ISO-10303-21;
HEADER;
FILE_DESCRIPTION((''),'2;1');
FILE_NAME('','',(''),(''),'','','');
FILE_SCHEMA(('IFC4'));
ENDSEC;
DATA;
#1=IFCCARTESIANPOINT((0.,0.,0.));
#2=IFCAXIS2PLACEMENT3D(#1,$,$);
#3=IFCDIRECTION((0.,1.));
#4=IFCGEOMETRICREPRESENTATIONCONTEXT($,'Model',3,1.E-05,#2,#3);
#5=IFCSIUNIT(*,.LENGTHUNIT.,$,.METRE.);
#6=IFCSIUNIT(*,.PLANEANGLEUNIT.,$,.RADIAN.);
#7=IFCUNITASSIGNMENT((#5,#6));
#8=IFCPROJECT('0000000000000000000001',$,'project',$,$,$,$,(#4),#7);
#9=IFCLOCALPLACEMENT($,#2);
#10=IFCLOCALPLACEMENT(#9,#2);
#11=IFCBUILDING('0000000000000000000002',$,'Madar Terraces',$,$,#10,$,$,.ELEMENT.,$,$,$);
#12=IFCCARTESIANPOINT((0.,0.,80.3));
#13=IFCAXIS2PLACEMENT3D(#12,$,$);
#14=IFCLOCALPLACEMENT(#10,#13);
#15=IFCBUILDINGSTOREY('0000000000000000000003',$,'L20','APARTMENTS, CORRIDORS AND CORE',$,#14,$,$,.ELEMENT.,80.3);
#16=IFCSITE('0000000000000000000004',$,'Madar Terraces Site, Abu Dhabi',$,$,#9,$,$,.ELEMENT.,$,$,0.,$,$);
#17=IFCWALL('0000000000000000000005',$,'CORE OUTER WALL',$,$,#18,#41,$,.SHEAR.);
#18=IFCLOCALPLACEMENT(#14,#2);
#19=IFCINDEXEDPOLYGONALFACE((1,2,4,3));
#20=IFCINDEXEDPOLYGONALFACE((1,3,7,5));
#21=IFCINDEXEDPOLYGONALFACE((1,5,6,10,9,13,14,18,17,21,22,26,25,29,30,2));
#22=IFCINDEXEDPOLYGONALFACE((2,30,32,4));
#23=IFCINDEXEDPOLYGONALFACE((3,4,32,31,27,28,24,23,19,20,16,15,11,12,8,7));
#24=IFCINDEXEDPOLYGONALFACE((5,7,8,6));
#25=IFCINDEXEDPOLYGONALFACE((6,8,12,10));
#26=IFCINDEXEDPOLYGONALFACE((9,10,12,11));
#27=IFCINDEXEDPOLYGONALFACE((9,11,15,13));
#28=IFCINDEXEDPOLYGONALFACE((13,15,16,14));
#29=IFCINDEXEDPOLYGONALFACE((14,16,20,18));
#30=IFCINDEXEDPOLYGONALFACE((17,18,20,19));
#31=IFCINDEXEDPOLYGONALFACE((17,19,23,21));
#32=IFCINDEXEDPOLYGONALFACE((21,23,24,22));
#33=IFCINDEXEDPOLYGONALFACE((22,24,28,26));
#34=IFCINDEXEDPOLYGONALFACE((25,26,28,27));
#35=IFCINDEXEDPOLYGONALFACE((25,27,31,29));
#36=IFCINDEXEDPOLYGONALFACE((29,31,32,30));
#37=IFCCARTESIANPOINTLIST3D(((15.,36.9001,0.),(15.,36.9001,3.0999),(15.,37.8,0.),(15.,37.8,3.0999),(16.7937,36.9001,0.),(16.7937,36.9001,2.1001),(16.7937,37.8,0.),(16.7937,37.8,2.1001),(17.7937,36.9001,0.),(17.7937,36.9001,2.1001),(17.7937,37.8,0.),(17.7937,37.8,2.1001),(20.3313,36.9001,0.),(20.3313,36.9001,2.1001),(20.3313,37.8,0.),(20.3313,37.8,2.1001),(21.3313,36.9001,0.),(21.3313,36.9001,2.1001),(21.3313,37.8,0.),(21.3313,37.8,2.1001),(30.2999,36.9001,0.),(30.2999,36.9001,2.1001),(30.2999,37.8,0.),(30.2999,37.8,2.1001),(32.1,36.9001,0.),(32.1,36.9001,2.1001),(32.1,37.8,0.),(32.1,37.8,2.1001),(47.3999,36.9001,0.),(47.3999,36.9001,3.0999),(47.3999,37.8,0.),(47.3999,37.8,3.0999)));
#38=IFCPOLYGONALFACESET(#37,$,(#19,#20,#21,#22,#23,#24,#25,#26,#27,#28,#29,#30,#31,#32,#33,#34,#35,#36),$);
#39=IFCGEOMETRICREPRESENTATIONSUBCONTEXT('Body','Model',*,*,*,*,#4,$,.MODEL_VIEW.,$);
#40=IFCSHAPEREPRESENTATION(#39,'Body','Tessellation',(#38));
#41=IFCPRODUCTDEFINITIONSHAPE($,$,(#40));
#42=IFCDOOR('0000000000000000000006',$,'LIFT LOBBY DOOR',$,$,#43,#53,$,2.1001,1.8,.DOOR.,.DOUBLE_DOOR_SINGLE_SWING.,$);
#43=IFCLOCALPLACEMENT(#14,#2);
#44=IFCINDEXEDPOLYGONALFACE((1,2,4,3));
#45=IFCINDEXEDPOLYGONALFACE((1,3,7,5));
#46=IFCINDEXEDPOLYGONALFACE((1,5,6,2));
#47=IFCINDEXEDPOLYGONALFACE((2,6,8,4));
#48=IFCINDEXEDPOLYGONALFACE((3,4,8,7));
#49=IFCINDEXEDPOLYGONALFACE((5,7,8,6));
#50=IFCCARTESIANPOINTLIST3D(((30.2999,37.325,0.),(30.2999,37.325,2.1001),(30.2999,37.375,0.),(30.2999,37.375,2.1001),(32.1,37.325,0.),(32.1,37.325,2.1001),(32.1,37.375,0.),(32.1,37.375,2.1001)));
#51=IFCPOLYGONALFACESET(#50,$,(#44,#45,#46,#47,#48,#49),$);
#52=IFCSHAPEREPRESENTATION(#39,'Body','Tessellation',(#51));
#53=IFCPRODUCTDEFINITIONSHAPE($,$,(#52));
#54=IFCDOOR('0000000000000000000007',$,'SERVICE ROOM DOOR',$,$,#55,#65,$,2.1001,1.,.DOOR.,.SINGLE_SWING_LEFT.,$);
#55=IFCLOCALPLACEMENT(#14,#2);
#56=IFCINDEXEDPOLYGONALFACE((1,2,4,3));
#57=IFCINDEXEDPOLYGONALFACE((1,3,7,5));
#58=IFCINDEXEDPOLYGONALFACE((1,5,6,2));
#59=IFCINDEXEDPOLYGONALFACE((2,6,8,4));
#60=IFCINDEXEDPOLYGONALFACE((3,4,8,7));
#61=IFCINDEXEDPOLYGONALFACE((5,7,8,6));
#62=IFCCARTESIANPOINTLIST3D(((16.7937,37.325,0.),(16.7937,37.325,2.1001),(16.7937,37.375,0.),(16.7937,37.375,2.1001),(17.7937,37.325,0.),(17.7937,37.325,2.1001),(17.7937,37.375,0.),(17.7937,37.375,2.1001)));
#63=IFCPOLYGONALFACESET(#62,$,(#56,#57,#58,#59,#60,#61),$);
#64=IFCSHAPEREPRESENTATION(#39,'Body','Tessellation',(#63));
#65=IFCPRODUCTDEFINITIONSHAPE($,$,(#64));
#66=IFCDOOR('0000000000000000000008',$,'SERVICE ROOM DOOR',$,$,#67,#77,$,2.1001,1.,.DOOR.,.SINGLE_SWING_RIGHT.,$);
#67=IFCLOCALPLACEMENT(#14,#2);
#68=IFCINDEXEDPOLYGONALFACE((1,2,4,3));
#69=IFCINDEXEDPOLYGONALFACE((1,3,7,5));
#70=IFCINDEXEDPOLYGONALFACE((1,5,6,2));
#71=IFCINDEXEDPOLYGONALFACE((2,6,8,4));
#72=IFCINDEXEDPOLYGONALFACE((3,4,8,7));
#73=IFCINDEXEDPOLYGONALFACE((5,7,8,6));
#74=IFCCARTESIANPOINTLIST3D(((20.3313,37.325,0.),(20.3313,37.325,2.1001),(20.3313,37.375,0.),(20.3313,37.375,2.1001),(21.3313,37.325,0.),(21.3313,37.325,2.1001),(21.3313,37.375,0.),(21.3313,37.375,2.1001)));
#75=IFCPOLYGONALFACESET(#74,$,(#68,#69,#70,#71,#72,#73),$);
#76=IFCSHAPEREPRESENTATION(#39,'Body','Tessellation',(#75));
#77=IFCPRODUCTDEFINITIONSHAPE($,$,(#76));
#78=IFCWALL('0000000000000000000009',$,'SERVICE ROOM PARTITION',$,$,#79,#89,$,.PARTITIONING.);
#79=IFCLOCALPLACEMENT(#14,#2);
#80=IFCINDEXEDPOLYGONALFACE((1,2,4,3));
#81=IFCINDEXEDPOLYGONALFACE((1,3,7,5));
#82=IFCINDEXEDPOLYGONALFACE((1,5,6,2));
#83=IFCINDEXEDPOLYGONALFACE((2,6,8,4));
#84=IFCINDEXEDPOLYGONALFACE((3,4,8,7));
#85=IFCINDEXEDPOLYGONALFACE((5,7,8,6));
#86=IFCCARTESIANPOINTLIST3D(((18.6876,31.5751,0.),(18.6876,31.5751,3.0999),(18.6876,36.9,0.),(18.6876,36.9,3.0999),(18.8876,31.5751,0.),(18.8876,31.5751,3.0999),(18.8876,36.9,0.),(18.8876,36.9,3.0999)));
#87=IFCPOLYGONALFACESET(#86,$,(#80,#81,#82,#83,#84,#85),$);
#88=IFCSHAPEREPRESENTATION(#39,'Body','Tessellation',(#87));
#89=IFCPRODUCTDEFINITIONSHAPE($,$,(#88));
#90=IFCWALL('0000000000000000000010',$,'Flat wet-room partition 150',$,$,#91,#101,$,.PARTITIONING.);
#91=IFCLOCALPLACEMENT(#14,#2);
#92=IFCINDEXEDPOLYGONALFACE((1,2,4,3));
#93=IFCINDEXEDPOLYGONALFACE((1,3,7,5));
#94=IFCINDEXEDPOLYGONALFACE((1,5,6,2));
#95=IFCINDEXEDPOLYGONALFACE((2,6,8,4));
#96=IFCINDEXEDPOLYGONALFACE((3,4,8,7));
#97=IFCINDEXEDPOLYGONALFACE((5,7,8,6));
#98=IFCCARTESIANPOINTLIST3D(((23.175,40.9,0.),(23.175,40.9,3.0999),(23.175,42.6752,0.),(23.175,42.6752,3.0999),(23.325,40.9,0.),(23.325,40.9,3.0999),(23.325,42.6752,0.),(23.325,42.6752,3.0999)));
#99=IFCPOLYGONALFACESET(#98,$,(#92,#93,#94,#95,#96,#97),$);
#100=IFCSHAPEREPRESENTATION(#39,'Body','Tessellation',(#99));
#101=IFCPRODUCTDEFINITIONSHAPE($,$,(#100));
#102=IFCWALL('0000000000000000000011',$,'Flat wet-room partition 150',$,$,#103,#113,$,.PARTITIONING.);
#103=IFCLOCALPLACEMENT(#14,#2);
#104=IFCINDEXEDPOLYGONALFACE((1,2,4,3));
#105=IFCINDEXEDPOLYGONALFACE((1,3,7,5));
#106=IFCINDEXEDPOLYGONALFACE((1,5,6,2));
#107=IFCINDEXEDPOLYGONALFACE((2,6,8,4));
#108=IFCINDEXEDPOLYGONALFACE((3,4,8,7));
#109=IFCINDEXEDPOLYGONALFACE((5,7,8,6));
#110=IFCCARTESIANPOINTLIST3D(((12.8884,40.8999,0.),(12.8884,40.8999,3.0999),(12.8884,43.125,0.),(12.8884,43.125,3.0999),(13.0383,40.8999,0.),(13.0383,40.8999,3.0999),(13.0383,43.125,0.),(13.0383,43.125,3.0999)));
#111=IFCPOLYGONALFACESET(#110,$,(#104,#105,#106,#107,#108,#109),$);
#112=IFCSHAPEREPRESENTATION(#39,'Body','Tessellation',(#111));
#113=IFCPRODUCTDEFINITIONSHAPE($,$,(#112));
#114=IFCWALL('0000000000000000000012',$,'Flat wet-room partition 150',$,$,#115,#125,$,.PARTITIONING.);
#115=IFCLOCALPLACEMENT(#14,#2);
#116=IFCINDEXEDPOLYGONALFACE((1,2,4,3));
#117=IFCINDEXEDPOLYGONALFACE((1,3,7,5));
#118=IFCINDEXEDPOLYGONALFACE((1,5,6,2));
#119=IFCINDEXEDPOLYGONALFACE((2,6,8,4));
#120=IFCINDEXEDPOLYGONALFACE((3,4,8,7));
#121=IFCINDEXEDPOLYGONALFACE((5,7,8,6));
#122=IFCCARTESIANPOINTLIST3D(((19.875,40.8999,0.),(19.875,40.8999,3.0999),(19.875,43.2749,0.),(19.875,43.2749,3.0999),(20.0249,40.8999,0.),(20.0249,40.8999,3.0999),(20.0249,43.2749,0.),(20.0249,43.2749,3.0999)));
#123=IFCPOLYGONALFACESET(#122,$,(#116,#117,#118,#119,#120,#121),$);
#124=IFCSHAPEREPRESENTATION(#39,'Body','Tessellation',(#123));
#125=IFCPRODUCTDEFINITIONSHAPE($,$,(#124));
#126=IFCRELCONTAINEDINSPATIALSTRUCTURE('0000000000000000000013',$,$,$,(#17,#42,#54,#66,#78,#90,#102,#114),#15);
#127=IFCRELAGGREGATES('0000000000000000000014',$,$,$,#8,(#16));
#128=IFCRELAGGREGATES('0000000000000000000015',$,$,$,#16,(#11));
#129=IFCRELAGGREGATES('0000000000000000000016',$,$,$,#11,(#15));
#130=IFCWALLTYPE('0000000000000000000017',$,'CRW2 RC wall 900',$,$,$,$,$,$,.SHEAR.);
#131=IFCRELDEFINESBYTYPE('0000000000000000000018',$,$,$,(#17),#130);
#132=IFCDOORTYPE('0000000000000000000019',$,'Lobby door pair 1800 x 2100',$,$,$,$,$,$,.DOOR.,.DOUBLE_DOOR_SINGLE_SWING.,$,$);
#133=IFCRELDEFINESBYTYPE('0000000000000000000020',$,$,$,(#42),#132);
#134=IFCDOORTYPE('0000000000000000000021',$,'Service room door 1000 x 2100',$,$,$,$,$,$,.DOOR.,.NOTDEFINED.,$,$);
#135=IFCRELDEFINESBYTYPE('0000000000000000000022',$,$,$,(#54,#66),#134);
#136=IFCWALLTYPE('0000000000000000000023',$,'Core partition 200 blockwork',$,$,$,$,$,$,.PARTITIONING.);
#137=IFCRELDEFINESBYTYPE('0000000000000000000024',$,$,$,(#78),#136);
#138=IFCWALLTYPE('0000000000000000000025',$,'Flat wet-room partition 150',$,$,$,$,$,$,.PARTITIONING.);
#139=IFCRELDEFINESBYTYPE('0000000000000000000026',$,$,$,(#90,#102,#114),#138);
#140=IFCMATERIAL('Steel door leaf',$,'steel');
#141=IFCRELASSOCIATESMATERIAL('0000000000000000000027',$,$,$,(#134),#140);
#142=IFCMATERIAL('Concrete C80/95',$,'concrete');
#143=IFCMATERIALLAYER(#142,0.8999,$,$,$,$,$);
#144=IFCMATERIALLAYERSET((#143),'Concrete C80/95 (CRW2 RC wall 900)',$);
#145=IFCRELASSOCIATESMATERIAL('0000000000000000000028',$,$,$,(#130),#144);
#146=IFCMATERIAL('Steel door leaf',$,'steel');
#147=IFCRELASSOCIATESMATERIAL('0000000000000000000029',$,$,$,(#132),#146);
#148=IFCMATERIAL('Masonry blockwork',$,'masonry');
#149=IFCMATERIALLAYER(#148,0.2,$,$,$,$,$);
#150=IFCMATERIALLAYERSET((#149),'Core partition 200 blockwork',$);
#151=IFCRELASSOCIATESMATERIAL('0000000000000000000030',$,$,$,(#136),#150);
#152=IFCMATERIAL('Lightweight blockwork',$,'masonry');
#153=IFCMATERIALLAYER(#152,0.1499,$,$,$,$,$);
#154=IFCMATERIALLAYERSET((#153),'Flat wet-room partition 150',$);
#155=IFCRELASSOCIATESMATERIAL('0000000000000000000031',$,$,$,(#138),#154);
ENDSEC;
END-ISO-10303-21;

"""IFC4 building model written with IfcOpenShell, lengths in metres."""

from ifc_helpers import new_model, si_unit, direction, frame, frame_2d, origin, place, context, subcontext, project, spatial, rectangle, extrude, material, layer, layer_set, type_object, element, fill, save


model = new_model("IFC4")

# Units and contexts
model_context = context("Model", 3, precision=1e-05, world=origin(), true_north=direction((0.0, 1.0)))
body_context = subcontext(model_context, "Body", "Model", "MODEL_VIEW")
ifc_project = project(units=[si_unit("LENGTHUNIT", "METRE"), si_unit("PLANEANGLEUNIT", "RADIAN")], contexts=[model_context])

# Site, building, storey
site_placement = place(None, origin())
site = spatial("IfcSite", under=ifc_project, at=site_placement, Name="Madar Terraces Site, Abu Dhabi", CompositionType="ELEMENT", RefElevation=0.0)
building_placement = place(site_placement, origin())
building = spatial("IfcBuilding", under=site, at=building_placement, Name="Madar Terraces", CompositionType="ELEMENT")
storey_placement = place(building_placement, frame((0.0, 0.0, 80.3)))
storey = spatial("IfcBuildingStorey", under=building, at=storey_placement, Name="L20", Description="APARTMENTS, CORRIDORS AND CORE", CompositionType="ELEMENT", Elevation=80.3)

# Shared definitions
ifc_material_1 = material(Name="Steel door leaf", Category="steel")
door_type_1 = type_object("IfcDoorType", Name="Service room door 1000 x 2100", OperationType="NOTDEFINED", PredefinedType="DOOR", material=ifc_material_1)

# Wall, openings, doors
ifc_material_2 = material(Name="Concrete C80/95", Category="concrete")
ifc_layer_1 = layer(ifc_material_2, 0.8999)
ifc_layer_set_1 = layer_set([ifc_layer_1], Name="Concrete C80/95 (CRW2 RC wall 900)")
wall_type_1 = type_object("IfcWallType", Name="CRW2 RC wall 900", PredefinedType="SHEAR", material=ifc_layer_set_1)
wall_1_placement = place(storey_placement, frame((15.0, 37.3501, 0.0), z_axis=(0.0, 0.0, 1.0), x_axis=(1.0, 0.0, 0.0)))
wall_1 = element("IfcWall", 1, at=wall_1_placement, inside=storey, type_object=wall_type_1, Name="CORE OUTER WALL", PredefinedType="SHEAR", context=body_context, shape_type="SweptSolid", body=[
    extrude(rectangle(XDim=32.3999, YDim=0.8999, at=frame_2d((16.2, 0.0))), origin(), (0.0, 0.0, 1.0), 3.0999),
])
opening_1_placement = place(wall_1_placement, frame((15.3, 0.0, 0.0)))
opening_1 = element("IfcOpeningElement", 2, at=opening_1_placement, cuts=wall_1, PredefinedType="OPENING", context=body_context, shape_type="SweptSolid", body=[
    extrude(rectangle(XDim=1.8, YDim=2.1001, at=frame_2d((0.8999, 1.05))), frame((0.0, 0.46, 0.0), z_axis=(0.0, -1.0, 0.0), x_axis=(1.0, 0.0, 0.0)), (0.0, 0.0, 1.0), 0.9199),
])
opening_2_placement = place(wall_1_placement, frame((1.7937, 0.0, 0.0)))
opening_2 = element("IfcOpeningElement", 3, at=opening_2_placement, cuts=wall_1, PredefinedType="OPENING", context=body_context, shape_type="SweptSolid", body=[
    extrude(rectangle(XDim=1.0, YDim=2.1001, at=frame_2d((0.5, 1.05))), frame((0.0, 0.46, 0.0), z_axis=(0.0, -1.0, 0.0), x_axis=(1.0, 0.0, 0.0)), (0.0, 0.0, 1.0), 0.9199),
])
opening_3_placement = place(wall_1_placement, frame((5.3313, 0.0, 0.0)))
opening_3 = element("IfcOpeningElement", 4, at=opening_3_placement, cuts=wall_1, PredefinedType="OPENING", context=body_context, shape_type="SweptSolid", body=[
    extrude(rectangle(XDim=1.0, YDim=2.1001, at=frame_2d((0.5, 1.05))), frame((0.0, 0.46, 0.0), z_axis=(0.0, -1.0, 0.0), x_axis=(1.0, 0.0, 0.0)), (0.0, 0.0, 1.0), 0.9199),
])
ifc_material_3 = material(Name="Steel door leaf", Category="steel")
door_type_2 = type_object("IfcDoorType", Name="Lobby door pair 1800 x 2100", OperationType="DOUBLE_DOOR_SINGLE_SWING", PredefinedType="DOOR", material=ifc_material_3)
door_1_placement = place(opening_1_placement, origin())
door_1 = element("IfcDoor", 5, at=door_1_placement, inside=storey, type_object=door_type_2, Name="LIFT LOBBY DOOR", OperationType="DOUBLE_DOOR_SINGLE_SWING", OverallHeight=2.1001, OverallWidth=1.8, PredefinedType="DOOR", context=body_context, shape_type="SweptSolid", body=[
    extrude(rectangle(XDim=1.8, YDim=2.1001, at=frame_2d((0.8999, 1.05))), frame((0.0, 0.0249, 0.0), z_axis=(0.0, -1.0, 0.0), x_axis=(1.0, 0.0, 0.0)), (0.0, 0.0, 1.0), 0.05),
])
fill(opening_1, door_1)
door_2_placement = place(opening_2_placement, origin())
door_2 = element("IfcDoor", 6, at=door_2_placement, inside=storey, type_object=door_type_1, Name="SERVICE ROOM DOOR", OperationType="SINGLE_SWING_LEFT", OverallHeight=2.1001, OverallWidth=1.0, PredefinedType="DOOR", context=body_context, shape_type="SweptSolid", body=[
    extrude(rectangle(XDim=1.0, YDim=2.1001, at=frame_2d((0.5, 1.05))), frame((0.0, 0.0249, 0.0), z_axis=(0.0, -1.0, 0.0), x_axis=(1.0, 0.0, 0.0)), (0.0, 0.0, 1.0), 0.05),
])
fill(opening_2, door_2)
door_3_placement = place(opening_3_placement, origin())
door_3 = element("IfcDoor", 7, at=door_3_placement, inside=storey, type_object=door_type_1, Name="SERVICE ROOM DOOR", OperationType="SINGLE_SWING_RIGHT", OverallHeight=2.1001, OverallWidth=1.0, PredefinedType="DOOR", context=body_context, shape_type="SweptSolid", body=[
    extrude(rectangle(XDim=1.0, YDim=2.1001, at=frame_2d((0.5, 1.05))), frame((0.0, 0.0249, 0.0), z_axis=(0.0, -1.0, 0.0), x_axis=(1.0, 0.0, 0.0)), (0.0, 0.0, 1.0), 0.05),
])
fill(opening_3, door_3)

# Walls
ifc_material_4 = material(Name="Masonry blockwork", Category="masonry")
ifc_layer_2 = layer(ifc_material_4, 0.2)
ifc_layer_set_2 = layer_set([ifc_layer_2], Name="Core partition 200 blockwork")
wall_type_2 = type_object("IfcWallType", Name="Core partition 200 blockwork", PredefinedType="PARTITIONING", material=ifc_layer_set_2)
wall_2_placement = place(storey_placement, frame((18.7876, 31.575, 0.0), z_axis=(0.0, 0.0, 1.0), x_axis=(0.0, 1.0, 0.0)))
element("IfcWall", 8, at=wall_2_placement, inside=storey, type_object=wall_type_2, Name="SERVICE ROOM PARTITION", PredefinedType="PARTITIONING", context=body_context, shape_type="SweptSolid", body=[
    extrude(rectangle(XDim=5.325, YDim=0.2, at=frame_2d((2.6626, 0.0))), origin(), (0.0, 0.0, 1.0), 3.0999),
])
ifc_material_5 = material(Name="Lightweight blockwork", Category="masonry")
ifc_layer_3 = layer(ifc_material_5, 0.1499)
ifc_layer_set_3 = layer_set([ifc_layer_3], Name="Flat wet-room partition 150")
wall_type_3 = type_object("IfcWallType", Name="Flat wet-room partition 150", PredefinedType="PARTITIONING", material=ifc_layer_set_3)
wall_3_placement = place(storey_placement, frame((23.25, 40.8999, 0.0), z_axis=(0.0, 0.0, 1.0), x_axis=(0.0, 1.0, 0.0)))
element("IfcWall", 9, at=wall_3_placement, inside=storey, type_object=wall_type_3, Name="Flat wet-room partition 150", PredefinedType="PARTITIONING", context=body_context, shape_type="SweptSolid", body=[
    extrude(rectangle(XDim=1.7751, YDim=0.1499, at=frame_2d((0.8877, 0.0))), origin(), (0.0, 0.0, 1.0), 3.0999),
])
wall_4_placement = place(storey_placement, frame((12.9634, 40.8999, 0.0), z_axis=(0.0, 0.0, 1.0), x_axis=(0.0, 1.0, 0.0)))
element("IfcWall", 10, at=wall_4_placement, inside=storey, type_object=wall_type_3, Name="Flat wet-room partition 150", PredefinedType="PARTITIONING", context=body_context, shape_type="SweptSolid", body=[
    extrude(rectangle(XDim=2.2251, YDim=0.1499, at=frame_2d((1.1125, 0.0))), origin(), (0.0, 0.0, 1.0), 3.0999),
])
wall_5_placement = place(storey_placement, frame((19.95, 40.8999, 0.0), z_axis=(0.0, 0.0, 1.0), x_axis=(0.0, 1.0, 0.0)))
element("IfcWall", 11, at=wall_5_placement, inside=storey, type_object=wall_type_3, Name="Flat wet-room partition 150", PredefinedType="PARTITIONING", context=body_context, shape_type="SweptSolid", body=[
    extrude(rectangle(XDim=2.375, YDim=0.1499, at=frame_2d((1.1875, 0.0))), origin(), (0.0, 0.0, 1.0), 3.0999),
])

save(model, "model.ifc")
